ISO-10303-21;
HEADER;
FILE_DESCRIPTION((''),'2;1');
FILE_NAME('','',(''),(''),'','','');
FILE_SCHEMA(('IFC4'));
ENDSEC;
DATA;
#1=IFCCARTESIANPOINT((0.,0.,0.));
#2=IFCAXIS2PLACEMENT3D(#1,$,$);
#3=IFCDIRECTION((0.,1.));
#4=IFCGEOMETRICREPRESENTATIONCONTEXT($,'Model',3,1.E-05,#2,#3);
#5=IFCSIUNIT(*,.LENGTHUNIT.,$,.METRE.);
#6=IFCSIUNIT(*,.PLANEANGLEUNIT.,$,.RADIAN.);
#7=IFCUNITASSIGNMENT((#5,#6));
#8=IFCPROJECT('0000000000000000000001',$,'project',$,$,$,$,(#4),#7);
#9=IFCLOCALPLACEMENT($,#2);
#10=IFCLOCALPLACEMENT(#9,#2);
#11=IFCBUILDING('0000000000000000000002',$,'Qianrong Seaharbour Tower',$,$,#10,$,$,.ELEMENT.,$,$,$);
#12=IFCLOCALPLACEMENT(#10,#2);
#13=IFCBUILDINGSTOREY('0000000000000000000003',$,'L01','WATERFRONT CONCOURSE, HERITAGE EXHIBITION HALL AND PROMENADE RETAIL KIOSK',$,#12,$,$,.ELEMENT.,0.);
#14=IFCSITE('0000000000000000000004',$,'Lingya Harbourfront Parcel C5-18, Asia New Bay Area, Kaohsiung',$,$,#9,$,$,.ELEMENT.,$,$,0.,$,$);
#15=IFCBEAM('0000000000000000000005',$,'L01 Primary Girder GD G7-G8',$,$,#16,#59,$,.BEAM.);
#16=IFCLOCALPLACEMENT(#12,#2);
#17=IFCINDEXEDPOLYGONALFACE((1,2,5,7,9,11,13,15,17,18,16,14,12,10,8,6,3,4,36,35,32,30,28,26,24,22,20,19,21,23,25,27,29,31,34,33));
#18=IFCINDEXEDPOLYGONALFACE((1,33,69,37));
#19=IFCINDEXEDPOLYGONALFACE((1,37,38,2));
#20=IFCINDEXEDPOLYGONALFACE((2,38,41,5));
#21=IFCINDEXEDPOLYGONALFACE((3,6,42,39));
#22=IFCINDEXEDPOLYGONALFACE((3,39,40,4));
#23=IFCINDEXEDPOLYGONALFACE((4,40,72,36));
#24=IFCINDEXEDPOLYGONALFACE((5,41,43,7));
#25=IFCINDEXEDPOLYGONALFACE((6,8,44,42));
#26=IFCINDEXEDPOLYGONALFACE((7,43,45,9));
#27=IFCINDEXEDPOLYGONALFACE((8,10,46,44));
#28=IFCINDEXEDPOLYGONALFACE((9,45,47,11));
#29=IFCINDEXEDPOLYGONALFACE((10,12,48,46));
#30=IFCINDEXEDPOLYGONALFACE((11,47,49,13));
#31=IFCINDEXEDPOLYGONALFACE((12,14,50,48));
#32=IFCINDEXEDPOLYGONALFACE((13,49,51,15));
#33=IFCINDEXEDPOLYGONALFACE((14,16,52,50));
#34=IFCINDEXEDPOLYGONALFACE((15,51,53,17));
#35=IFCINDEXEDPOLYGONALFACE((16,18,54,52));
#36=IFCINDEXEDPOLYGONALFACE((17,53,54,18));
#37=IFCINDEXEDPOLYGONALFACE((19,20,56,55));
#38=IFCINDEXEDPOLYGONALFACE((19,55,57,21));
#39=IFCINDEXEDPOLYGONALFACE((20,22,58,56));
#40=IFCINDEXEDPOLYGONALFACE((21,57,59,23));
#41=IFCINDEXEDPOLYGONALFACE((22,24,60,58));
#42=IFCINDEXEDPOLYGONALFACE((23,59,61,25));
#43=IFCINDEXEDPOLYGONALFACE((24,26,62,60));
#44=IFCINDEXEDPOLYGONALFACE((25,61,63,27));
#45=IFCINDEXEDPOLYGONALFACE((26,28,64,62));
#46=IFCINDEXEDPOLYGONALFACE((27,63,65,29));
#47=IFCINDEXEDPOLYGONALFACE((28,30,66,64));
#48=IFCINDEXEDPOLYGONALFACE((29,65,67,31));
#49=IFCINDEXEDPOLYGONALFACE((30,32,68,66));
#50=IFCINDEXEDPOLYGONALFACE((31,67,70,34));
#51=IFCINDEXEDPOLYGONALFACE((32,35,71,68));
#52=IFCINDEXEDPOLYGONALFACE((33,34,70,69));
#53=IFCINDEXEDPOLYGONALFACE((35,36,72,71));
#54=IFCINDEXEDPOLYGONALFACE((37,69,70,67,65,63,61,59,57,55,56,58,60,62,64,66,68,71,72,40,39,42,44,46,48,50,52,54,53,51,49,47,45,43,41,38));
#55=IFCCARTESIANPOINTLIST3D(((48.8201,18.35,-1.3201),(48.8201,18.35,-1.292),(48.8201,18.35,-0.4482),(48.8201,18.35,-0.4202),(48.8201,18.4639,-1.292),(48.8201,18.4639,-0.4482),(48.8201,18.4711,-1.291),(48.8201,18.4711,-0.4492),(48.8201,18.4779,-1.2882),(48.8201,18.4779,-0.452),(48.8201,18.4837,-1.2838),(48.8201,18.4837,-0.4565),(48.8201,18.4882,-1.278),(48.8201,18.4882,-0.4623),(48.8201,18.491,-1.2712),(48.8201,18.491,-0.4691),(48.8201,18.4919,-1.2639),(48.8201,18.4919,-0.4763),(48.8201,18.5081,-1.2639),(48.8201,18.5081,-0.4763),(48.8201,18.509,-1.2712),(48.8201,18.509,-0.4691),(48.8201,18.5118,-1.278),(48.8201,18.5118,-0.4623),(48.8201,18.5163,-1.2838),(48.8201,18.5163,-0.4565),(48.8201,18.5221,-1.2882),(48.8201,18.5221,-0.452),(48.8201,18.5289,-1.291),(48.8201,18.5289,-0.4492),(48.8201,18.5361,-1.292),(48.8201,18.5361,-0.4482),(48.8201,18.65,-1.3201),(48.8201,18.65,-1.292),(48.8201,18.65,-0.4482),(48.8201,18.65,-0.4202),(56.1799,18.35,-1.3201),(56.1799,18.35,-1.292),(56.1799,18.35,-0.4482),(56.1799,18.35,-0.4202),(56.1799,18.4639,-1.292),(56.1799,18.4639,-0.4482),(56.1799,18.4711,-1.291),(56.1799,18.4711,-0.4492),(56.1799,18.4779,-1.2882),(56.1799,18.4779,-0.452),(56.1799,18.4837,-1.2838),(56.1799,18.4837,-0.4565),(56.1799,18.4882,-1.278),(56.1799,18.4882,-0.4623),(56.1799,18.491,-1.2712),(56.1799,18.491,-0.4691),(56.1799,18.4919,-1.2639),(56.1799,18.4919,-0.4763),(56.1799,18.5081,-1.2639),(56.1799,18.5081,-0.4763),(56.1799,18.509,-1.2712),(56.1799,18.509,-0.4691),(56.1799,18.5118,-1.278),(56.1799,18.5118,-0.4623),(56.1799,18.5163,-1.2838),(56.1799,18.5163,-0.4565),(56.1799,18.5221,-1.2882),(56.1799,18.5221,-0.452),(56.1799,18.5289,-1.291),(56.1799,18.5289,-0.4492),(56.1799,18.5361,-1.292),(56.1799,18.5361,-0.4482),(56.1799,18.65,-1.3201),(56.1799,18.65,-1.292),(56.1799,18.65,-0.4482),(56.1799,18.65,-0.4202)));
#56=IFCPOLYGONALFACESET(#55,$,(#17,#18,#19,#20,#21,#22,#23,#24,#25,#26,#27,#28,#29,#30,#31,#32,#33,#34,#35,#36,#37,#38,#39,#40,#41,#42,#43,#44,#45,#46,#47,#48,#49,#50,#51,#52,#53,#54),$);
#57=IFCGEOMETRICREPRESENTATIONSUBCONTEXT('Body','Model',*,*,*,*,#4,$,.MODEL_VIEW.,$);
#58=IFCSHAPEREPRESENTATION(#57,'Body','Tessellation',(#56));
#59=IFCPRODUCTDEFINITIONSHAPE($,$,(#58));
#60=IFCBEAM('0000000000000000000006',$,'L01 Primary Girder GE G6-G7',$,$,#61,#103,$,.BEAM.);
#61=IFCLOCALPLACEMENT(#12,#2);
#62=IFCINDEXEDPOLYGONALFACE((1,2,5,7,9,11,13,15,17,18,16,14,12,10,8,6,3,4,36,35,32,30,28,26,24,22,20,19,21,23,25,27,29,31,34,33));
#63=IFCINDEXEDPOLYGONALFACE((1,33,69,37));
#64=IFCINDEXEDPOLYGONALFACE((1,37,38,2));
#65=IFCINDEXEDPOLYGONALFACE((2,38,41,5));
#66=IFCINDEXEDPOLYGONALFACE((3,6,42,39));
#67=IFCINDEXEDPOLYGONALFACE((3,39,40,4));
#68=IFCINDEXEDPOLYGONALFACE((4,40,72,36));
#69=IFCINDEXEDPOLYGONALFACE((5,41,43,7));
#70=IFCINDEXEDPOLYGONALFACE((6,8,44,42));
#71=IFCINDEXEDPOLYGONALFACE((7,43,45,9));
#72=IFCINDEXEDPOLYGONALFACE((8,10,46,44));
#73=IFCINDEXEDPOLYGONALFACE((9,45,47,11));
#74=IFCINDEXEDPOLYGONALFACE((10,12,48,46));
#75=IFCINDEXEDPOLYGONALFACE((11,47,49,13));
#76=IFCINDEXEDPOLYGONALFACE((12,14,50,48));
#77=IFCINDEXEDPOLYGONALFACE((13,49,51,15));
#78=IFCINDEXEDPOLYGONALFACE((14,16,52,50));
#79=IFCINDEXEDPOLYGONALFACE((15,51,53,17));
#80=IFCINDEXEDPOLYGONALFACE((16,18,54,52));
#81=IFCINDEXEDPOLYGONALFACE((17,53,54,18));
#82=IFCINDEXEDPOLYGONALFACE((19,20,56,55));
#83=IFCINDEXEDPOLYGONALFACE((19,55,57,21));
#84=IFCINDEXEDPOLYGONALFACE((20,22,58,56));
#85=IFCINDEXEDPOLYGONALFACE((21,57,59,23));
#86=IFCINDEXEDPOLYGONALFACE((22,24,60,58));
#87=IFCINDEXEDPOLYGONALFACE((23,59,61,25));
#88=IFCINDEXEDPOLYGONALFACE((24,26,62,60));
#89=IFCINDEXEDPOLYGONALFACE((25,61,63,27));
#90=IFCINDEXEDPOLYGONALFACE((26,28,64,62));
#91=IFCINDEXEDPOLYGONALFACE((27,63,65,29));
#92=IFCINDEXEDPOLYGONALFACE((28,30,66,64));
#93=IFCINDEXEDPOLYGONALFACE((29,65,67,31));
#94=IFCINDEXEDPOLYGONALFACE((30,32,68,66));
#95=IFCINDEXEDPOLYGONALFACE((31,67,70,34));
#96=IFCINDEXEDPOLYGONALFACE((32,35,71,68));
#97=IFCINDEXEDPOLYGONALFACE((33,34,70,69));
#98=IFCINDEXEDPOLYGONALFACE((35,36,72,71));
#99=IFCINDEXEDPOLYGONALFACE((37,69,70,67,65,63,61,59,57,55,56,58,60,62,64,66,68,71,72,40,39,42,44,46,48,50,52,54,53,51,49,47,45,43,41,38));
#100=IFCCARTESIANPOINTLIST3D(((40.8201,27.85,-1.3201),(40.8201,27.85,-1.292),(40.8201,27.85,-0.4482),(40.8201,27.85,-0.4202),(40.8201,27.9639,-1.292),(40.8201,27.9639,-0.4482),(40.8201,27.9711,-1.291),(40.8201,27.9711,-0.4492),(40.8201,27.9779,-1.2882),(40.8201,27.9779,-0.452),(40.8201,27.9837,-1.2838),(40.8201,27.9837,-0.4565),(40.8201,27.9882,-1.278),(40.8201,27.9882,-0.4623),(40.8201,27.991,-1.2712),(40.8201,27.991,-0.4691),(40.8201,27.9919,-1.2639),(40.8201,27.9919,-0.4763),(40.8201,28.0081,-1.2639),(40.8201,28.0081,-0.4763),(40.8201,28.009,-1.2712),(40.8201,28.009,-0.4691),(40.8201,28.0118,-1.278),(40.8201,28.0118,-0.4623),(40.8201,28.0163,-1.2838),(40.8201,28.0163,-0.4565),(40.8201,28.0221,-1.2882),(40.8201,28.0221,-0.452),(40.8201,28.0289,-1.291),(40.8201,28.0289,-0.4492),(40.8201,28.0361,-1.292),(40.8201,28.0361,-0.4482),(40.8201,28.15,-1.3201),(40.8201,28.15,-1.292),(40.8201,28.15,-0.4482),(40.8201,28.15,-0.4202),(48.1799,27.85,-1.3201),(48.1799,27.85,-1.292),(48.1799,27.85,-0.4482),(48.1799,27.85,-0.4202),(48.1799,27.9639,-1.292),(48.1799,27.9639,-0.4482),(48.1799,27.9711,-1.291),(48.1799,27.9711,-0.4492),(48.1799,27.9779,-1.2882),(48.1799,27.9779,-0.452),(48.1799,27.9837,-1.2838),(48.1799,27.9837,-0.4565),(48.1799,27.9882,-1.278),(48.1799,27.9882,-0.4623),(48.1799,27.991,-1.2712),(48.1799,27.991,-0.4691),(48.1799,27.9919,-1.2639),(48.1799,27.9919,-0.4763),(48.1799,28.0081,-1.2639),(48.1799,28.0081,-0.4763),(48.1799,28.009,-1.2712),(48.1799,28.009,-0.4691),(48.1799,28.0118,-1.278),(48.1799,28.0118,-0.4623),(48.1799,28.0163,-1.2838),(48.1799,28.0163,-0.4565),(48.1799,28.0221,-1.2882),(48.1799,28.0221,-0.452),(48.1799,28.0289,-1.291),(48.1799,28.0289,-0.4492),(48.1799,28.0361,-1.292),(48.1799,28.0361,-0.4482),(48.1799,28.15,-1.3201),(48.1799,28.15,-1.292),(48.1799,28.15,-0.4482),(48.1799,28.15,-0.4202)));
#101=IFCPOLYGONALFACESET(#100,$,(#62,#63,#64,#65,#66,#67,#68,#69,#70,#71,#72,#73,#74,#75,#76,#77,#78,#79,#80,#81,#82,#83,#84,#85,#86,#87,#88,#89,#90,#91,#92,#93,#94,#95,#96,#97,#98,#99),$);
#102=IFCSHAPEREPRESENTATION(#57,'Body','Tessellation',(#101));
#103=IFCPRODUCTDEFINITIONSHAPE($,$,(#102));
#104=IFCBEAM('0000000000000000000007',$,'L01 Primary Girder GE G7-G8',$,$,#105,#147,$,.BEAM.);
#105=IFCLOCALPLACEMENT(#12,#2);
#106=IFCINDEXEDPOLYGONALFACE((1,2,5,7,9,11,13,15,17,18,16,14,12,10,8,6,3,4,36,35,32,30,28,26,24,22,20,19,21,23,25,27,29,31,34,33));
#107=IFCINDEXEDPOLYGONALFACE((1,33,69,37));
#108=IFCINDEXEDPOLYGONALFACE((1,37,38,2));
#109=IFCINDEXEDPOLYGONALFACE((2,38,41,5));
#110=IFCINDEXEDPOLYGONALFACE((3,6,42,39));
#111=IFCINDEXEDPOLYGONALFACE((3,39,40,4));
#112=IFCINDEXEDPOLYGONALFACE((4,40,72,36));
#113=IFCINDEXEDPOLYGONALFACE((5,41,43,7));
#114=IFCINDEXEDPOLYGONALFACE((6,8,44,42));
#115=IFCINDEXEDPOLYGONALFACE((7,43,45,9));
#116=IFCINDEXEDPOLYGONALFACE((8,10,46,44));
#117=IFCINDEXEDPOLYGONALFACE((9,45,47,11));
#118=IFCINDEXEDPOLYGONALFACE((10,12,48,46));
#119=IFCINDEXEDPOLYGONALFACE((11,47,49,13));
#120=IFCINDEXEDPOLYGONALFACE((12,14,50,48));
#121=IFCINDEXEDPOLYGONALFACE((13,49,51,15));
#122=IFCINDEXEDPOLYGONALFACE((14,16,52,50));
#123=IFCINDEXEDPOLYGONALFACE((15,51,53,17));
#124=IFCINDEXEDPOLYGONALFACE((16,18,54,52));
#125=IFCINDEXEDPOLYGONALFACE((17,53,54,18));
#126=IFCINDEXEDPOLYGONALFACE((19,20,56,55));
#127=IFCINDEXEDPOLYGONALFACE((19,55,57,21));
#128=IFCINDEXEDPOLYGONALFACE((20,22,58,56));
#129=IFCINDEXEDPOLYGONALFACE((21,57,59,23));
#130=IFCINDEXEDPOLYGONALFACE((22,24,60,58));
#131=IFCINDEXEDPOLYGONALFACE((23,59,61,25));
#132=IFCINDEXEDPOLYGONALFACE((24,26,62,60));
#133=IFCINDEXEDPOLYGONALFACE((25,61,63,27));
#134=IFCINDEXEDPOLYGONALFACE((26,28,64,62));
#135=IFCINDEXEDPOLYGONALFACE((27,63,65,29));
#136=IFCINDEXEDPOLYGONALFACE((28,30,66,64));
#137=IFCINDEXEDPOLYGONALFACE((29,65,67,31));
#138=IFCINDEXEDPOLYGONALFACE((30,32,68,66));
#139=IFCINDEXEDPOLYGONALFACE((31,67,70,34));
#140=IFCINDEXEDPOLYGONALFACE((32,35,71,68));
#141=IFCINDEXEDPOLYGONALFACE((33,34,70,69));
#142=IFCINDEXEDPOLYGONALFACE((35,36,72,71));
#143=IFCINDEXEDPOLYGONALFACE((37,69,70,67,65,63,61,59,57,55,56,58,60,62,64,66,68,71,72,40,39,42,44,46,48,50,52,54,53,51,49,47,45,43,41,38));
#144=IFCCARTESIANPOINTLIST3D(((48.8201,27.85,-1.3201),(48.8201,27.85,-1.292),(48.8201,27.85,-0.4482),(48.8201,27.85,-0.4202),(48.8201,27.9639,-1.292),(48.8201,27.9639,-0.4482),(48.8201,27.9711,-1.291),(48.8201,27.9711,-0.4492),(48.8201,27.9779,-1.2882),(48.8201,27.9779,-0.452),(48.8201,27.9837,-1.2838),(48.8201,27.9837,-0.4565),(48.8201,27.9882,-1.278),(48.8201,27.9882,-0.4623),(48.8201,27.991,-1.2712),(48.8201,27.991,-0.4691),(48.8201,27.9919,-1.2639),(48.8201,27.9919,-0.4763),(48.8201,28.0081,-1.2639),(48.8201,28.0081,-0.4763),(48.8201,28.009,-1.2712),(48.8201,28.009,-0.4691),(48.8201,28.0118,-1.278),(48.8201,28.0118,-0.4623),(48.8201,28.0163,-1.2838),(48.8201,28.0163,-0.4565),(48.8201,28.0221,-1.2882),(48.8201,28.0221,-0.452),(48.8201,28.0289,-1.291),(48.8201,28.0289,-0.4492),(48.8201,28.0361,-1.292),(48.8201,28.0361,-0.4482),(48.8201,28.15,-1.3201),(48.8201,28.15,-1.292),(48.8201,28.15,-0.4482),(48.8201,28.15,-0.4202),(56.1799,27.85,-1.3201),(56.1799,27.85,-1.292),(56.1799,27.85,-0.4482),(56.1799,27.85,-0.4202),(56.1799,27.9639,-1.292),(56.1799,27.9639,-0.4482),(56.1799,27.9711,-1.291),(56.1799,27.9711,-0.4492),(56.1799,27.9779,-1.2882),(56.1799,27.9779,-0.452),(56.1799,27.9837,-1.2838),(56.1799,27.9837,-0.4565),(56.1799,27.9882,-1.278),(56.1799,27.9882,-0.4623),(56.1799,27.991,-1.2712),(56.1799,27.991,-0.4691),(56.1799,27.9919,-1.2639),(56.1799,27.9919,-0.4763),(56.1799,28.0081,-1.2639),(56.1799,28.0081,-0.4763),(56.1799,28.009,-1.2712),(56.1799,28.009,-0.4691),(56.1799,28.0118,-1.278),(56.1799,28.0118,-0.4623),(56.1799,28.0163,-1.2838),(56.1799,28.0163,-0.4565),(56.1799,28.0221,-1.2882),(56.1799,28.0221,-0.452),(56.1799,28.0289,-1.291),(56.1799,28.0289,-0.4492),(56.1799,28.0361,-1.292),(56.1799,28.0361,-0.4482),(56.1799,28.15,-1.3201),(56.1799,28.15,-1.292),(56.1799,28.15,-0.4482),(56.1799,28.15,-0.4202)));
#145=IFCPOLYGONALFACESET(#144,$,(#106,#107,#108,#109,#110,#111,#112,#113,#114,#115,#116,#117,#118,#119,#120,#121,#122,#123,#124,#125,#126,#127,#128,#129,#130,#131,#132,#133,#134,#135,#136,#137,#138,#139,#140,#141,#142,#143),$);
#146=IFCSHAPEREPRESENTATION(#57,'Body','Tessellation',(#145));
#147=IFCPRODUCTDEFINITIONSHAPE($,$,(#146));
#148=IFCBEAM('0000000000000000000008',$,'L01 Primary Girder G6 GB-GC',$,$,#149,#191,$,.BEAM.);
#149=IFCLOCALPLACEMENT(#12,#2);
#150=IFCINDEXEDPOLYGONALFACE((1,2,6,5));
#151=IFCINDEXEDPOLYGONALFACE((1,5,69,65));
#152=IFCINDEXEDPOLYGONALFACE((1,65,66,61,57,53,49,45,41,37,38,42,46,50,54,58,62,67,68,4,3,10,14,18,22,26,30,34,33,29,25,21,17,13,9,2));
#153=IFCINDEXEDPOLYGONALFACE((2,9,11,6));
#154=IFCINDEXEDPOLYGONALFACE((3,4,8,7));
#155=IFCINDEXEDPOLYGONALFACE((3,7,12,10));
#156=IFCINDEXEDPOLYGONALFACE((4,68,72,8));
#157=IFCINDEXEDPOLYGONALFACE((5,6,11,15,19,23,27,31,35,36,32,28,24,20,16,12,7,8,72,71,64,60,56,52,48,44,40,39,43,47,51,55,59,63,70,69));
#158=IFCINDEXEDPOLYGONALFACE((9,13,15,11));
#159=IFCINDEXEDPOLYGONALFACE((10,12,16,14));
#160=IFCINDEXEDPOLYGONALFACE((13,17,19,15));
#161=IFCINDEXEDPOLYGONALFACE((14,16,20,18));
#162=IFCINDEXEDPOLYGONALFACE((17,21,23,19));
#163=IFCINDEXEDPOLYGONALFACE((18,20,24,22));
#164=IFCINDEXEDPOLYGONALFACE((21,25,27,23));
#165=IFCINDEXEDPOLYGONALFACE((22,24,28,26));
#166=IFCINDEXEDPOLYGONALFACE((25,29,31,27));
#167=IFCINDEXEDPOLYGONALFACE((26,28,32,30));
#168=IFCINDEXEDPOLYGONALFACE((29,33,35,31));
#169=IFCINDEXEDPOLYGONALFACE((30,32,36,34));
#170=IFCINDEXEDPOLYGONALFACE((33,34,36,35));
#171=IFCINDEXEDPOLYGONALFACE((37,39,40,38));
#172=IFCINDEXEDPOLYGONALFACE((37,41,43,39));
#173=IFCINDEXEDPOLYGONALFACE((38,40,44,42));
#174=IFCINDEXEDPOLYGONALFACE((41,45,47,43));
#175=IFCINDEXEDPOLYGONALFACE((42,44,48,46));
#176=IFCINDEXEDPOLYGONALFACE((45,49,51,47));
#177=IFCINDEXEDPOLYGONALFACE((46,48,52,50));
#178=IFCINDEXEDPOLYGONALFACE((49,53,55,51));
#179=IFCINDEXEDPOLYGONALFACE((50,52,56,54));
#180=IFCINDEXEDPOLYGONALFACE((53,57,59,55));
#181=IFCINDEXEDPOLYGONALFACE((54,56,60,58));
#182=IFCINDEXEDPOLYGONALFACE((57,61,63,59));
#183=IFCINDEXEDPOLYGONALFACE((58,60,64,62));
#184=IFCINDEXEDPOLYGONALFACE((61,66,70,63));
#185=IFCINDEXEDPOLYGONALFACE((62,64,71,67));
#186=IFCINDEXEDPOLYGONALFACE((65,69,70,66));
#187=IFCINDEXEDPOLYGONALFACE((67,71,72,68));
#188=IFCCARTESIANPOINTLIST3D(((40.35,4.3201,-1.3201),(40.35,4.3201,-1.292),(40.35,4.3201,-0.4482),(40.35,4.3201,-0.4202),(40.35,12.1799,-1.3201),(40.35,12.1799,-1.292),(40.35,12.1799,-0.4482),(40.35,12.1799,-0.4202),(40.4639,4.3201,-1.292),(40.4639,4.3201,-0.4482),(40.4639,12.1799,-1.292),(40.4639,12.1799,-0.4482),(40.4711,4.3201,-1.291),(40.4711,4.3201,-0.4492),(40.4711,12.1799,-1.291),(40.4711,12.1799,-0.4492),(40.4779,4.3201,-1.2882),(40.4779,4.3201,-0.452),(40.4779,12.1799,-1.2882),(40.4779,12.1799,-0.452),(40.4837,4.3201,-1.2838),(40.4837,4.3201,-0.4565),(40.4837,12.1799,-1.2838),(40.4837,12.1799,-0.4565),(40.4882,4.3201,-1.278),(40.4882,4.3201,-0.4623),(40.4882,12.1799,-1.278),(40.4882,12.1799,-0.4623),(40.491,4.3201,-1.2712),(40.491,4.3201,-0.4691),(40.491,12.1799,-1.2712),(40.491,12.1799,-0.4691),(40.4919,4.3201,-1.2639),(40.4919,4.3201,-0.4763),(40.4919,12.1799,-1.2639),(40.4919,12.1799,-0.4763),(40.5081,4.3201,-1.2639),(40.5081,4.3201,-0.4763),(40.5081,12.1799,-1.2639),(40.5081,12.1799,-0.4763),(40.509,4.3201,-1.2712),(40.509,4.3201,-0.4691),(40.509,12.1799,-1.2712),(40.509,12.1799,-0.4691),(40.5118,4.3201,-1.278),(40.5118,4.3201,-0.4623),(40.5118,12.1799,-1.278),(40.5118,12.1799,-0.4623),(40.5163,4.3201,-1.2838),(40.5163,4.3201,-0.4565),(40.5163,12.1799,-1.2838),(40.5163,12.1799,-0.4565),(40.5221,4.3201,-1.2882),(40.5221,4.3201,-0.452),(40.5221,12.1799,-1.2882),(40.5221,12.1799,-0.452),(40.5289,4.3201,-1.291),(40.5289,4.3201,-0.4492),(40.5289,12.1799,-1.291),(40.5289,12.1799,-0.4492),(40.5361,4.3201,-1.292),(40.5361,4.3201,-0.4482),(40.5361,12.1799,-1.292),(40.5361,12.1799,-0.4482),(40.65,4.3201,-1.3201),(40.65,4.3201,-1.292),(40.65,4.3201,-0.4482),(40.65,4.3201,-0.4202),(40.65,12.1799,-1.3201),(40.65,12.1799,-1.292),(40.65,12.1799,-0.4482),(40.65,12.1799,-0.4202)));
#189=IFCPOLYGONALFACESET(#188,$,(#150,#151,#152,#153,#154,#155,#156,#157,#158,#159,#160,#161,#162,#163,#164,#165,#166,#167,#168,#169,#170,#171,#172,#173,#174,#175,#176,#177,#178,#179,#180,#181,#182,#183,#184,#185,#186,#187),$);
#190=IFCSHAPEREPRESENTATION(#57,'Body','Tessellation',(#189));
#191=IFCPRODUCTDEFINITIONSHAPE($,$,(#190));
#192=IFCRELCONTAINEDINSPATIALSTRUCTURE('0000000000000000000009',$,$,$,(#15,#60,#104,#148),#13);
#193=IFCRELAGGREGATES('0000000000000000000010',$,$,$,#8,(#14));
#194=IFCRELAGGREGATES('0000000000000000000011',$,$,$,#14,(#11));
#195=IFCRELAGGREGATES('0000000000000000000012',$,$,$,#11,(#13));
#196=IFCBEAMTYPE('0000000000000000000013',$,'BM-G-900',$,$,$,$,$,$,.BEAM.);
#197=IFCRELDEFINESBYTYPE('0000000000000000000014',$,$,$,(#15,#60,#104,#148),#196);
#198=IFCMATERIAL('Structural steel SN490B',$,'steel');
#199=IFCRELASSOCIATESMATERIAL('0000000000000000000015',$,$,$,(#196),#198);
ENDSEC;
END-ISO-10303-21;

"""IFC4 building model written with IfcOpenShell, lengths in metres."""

from ifc_helpers import new_model, si_unit, direction, frame, origin, origin_2d, place, context, subcontext, project, spatial, i_section, extrude, material, material_profile, profile_set, type_object, element, save


model = new_model("IFC4")

# Units and contexts
model_context = context("Model", 3, precision=1e-05, world=origin(), true_north=direction((0.0, 1.0)))
body_context = subcontext(model_context, "Body", "Model", "MODEL_VIEW")
ifc_project = project(units=[si_unit("LENGTHUNIT", "METRE"), si_unit("PLANEANGLEUNIT", "RADIAN")], contexts=[model_context])

# Site, building, storey
site_placement = place(None, origin())
site = spatial("IfcSite", under=ifc_project, at=site_placement, Name="Lingya Harbourfront Parcel C5-18, Asia New Bay Area, Kaohsiung", CompositionType="ELEMENT", RefElevation=0.0)
building_placement = place(site_placement, origin())
building = spatial("IfcBuilding", under=site, at=building_placement, Name="Qianrong Seaharbour Tower", CompositionType="ELEMENT")
storey_placement = place(building_placement, origin())
storey = spatial("IfcBuildingStorey", under=building, at=storey_placement, Name="L01", Description="WATERFRONT CONCOURSE, HERITAGE EXHIBITION HALL AND PROMENADE RETAIL KIOSK", CompositionType="ELEMENT", Elevation=0.0)

# Shared definitions
ifc_material_1 = material(Name="Structural steel SN490B", Category="steel")

# Beams
ifc_material_profile_1 = material_profile(ifc_material_1, i_section(OverallWidth=0.3, OverallDepth=0.8999, WebThickness=0.0161, FlangeThickness=0.0281, FilletRadius=0.0281, at=origin_2d()), Name="H900x300x16x28")
ifc_profile_set_1 = profile_set([ifc_material_profile_1], Name="Structural steel SN490B")
beam_type_1 = type_object("IfcBeamType", Name="BM-G-900", PredefinedType="BEAM", material=ifc_profile_set_1)
for number, where, z_axis, x_axis, name in (
    (1, (48.8201, 18.5, -0.8701), (1.0, 0.0, 0.0), (0.0, 1.0, 0.0), "L01 Primary Girder GD G7-G8"),
    (2, (40.8201, 28.0, -0.8701), (1.0, 0.0, 0.0), (0.0, 1.0, 0.0), "L01 Primary Girder GE G6-G7"),
    (3, (48.8201, 28.0, -0.8701), (1.0, 0.0, 0.0), (0.0, 1.0, 0.0), "L01 Primary Girder GE G7-G8"),
):
    element("IfcBeam", number, at=place(storey_placement, frame(where, z_axis=z_axis, x_axis=x_axis)), inside=storey, type_object=beam_type_1, Name=name, PredefinedType="BEAM", context=body_context, shape_type="SweptSolid", body=[
        extrude(i_section(OverallWidth=0.3, OverallDepth=0.8999, WebThickness=0.0161, FlangeThickness=0.0281, FilletRadius=0.0281, at=origin_2d()), origin(), (0.0, 0.0, 1.0), 7.3599),
    ])
beam_1_placement = place(storey_placement, frame((40.5, 4.3201, -0.8701), z_axis=(0.0, 1.0, 0.0), x_axis=(-1.0, 0.0, 0.0)))
element("IfcBeam", 4, at=beam_1_placement, inside=storey, type_object=beam_type_1, Name="L01 Primary Girder G6 GB-GC", PredefinedType="BEAM", context=body_context, shape_type="SweptSolid", body=[
    extrude(i_section(OverallWidth=0.3, OverallDepth=0.8999, WebThickness=0.0161, FlangeThickness=0.0281, FilletRadius=0.0281, at=origin_2d()), origin(), (0.0, 0.0, 1.0), 7.8599),
])

save(model, "model.ifc")
